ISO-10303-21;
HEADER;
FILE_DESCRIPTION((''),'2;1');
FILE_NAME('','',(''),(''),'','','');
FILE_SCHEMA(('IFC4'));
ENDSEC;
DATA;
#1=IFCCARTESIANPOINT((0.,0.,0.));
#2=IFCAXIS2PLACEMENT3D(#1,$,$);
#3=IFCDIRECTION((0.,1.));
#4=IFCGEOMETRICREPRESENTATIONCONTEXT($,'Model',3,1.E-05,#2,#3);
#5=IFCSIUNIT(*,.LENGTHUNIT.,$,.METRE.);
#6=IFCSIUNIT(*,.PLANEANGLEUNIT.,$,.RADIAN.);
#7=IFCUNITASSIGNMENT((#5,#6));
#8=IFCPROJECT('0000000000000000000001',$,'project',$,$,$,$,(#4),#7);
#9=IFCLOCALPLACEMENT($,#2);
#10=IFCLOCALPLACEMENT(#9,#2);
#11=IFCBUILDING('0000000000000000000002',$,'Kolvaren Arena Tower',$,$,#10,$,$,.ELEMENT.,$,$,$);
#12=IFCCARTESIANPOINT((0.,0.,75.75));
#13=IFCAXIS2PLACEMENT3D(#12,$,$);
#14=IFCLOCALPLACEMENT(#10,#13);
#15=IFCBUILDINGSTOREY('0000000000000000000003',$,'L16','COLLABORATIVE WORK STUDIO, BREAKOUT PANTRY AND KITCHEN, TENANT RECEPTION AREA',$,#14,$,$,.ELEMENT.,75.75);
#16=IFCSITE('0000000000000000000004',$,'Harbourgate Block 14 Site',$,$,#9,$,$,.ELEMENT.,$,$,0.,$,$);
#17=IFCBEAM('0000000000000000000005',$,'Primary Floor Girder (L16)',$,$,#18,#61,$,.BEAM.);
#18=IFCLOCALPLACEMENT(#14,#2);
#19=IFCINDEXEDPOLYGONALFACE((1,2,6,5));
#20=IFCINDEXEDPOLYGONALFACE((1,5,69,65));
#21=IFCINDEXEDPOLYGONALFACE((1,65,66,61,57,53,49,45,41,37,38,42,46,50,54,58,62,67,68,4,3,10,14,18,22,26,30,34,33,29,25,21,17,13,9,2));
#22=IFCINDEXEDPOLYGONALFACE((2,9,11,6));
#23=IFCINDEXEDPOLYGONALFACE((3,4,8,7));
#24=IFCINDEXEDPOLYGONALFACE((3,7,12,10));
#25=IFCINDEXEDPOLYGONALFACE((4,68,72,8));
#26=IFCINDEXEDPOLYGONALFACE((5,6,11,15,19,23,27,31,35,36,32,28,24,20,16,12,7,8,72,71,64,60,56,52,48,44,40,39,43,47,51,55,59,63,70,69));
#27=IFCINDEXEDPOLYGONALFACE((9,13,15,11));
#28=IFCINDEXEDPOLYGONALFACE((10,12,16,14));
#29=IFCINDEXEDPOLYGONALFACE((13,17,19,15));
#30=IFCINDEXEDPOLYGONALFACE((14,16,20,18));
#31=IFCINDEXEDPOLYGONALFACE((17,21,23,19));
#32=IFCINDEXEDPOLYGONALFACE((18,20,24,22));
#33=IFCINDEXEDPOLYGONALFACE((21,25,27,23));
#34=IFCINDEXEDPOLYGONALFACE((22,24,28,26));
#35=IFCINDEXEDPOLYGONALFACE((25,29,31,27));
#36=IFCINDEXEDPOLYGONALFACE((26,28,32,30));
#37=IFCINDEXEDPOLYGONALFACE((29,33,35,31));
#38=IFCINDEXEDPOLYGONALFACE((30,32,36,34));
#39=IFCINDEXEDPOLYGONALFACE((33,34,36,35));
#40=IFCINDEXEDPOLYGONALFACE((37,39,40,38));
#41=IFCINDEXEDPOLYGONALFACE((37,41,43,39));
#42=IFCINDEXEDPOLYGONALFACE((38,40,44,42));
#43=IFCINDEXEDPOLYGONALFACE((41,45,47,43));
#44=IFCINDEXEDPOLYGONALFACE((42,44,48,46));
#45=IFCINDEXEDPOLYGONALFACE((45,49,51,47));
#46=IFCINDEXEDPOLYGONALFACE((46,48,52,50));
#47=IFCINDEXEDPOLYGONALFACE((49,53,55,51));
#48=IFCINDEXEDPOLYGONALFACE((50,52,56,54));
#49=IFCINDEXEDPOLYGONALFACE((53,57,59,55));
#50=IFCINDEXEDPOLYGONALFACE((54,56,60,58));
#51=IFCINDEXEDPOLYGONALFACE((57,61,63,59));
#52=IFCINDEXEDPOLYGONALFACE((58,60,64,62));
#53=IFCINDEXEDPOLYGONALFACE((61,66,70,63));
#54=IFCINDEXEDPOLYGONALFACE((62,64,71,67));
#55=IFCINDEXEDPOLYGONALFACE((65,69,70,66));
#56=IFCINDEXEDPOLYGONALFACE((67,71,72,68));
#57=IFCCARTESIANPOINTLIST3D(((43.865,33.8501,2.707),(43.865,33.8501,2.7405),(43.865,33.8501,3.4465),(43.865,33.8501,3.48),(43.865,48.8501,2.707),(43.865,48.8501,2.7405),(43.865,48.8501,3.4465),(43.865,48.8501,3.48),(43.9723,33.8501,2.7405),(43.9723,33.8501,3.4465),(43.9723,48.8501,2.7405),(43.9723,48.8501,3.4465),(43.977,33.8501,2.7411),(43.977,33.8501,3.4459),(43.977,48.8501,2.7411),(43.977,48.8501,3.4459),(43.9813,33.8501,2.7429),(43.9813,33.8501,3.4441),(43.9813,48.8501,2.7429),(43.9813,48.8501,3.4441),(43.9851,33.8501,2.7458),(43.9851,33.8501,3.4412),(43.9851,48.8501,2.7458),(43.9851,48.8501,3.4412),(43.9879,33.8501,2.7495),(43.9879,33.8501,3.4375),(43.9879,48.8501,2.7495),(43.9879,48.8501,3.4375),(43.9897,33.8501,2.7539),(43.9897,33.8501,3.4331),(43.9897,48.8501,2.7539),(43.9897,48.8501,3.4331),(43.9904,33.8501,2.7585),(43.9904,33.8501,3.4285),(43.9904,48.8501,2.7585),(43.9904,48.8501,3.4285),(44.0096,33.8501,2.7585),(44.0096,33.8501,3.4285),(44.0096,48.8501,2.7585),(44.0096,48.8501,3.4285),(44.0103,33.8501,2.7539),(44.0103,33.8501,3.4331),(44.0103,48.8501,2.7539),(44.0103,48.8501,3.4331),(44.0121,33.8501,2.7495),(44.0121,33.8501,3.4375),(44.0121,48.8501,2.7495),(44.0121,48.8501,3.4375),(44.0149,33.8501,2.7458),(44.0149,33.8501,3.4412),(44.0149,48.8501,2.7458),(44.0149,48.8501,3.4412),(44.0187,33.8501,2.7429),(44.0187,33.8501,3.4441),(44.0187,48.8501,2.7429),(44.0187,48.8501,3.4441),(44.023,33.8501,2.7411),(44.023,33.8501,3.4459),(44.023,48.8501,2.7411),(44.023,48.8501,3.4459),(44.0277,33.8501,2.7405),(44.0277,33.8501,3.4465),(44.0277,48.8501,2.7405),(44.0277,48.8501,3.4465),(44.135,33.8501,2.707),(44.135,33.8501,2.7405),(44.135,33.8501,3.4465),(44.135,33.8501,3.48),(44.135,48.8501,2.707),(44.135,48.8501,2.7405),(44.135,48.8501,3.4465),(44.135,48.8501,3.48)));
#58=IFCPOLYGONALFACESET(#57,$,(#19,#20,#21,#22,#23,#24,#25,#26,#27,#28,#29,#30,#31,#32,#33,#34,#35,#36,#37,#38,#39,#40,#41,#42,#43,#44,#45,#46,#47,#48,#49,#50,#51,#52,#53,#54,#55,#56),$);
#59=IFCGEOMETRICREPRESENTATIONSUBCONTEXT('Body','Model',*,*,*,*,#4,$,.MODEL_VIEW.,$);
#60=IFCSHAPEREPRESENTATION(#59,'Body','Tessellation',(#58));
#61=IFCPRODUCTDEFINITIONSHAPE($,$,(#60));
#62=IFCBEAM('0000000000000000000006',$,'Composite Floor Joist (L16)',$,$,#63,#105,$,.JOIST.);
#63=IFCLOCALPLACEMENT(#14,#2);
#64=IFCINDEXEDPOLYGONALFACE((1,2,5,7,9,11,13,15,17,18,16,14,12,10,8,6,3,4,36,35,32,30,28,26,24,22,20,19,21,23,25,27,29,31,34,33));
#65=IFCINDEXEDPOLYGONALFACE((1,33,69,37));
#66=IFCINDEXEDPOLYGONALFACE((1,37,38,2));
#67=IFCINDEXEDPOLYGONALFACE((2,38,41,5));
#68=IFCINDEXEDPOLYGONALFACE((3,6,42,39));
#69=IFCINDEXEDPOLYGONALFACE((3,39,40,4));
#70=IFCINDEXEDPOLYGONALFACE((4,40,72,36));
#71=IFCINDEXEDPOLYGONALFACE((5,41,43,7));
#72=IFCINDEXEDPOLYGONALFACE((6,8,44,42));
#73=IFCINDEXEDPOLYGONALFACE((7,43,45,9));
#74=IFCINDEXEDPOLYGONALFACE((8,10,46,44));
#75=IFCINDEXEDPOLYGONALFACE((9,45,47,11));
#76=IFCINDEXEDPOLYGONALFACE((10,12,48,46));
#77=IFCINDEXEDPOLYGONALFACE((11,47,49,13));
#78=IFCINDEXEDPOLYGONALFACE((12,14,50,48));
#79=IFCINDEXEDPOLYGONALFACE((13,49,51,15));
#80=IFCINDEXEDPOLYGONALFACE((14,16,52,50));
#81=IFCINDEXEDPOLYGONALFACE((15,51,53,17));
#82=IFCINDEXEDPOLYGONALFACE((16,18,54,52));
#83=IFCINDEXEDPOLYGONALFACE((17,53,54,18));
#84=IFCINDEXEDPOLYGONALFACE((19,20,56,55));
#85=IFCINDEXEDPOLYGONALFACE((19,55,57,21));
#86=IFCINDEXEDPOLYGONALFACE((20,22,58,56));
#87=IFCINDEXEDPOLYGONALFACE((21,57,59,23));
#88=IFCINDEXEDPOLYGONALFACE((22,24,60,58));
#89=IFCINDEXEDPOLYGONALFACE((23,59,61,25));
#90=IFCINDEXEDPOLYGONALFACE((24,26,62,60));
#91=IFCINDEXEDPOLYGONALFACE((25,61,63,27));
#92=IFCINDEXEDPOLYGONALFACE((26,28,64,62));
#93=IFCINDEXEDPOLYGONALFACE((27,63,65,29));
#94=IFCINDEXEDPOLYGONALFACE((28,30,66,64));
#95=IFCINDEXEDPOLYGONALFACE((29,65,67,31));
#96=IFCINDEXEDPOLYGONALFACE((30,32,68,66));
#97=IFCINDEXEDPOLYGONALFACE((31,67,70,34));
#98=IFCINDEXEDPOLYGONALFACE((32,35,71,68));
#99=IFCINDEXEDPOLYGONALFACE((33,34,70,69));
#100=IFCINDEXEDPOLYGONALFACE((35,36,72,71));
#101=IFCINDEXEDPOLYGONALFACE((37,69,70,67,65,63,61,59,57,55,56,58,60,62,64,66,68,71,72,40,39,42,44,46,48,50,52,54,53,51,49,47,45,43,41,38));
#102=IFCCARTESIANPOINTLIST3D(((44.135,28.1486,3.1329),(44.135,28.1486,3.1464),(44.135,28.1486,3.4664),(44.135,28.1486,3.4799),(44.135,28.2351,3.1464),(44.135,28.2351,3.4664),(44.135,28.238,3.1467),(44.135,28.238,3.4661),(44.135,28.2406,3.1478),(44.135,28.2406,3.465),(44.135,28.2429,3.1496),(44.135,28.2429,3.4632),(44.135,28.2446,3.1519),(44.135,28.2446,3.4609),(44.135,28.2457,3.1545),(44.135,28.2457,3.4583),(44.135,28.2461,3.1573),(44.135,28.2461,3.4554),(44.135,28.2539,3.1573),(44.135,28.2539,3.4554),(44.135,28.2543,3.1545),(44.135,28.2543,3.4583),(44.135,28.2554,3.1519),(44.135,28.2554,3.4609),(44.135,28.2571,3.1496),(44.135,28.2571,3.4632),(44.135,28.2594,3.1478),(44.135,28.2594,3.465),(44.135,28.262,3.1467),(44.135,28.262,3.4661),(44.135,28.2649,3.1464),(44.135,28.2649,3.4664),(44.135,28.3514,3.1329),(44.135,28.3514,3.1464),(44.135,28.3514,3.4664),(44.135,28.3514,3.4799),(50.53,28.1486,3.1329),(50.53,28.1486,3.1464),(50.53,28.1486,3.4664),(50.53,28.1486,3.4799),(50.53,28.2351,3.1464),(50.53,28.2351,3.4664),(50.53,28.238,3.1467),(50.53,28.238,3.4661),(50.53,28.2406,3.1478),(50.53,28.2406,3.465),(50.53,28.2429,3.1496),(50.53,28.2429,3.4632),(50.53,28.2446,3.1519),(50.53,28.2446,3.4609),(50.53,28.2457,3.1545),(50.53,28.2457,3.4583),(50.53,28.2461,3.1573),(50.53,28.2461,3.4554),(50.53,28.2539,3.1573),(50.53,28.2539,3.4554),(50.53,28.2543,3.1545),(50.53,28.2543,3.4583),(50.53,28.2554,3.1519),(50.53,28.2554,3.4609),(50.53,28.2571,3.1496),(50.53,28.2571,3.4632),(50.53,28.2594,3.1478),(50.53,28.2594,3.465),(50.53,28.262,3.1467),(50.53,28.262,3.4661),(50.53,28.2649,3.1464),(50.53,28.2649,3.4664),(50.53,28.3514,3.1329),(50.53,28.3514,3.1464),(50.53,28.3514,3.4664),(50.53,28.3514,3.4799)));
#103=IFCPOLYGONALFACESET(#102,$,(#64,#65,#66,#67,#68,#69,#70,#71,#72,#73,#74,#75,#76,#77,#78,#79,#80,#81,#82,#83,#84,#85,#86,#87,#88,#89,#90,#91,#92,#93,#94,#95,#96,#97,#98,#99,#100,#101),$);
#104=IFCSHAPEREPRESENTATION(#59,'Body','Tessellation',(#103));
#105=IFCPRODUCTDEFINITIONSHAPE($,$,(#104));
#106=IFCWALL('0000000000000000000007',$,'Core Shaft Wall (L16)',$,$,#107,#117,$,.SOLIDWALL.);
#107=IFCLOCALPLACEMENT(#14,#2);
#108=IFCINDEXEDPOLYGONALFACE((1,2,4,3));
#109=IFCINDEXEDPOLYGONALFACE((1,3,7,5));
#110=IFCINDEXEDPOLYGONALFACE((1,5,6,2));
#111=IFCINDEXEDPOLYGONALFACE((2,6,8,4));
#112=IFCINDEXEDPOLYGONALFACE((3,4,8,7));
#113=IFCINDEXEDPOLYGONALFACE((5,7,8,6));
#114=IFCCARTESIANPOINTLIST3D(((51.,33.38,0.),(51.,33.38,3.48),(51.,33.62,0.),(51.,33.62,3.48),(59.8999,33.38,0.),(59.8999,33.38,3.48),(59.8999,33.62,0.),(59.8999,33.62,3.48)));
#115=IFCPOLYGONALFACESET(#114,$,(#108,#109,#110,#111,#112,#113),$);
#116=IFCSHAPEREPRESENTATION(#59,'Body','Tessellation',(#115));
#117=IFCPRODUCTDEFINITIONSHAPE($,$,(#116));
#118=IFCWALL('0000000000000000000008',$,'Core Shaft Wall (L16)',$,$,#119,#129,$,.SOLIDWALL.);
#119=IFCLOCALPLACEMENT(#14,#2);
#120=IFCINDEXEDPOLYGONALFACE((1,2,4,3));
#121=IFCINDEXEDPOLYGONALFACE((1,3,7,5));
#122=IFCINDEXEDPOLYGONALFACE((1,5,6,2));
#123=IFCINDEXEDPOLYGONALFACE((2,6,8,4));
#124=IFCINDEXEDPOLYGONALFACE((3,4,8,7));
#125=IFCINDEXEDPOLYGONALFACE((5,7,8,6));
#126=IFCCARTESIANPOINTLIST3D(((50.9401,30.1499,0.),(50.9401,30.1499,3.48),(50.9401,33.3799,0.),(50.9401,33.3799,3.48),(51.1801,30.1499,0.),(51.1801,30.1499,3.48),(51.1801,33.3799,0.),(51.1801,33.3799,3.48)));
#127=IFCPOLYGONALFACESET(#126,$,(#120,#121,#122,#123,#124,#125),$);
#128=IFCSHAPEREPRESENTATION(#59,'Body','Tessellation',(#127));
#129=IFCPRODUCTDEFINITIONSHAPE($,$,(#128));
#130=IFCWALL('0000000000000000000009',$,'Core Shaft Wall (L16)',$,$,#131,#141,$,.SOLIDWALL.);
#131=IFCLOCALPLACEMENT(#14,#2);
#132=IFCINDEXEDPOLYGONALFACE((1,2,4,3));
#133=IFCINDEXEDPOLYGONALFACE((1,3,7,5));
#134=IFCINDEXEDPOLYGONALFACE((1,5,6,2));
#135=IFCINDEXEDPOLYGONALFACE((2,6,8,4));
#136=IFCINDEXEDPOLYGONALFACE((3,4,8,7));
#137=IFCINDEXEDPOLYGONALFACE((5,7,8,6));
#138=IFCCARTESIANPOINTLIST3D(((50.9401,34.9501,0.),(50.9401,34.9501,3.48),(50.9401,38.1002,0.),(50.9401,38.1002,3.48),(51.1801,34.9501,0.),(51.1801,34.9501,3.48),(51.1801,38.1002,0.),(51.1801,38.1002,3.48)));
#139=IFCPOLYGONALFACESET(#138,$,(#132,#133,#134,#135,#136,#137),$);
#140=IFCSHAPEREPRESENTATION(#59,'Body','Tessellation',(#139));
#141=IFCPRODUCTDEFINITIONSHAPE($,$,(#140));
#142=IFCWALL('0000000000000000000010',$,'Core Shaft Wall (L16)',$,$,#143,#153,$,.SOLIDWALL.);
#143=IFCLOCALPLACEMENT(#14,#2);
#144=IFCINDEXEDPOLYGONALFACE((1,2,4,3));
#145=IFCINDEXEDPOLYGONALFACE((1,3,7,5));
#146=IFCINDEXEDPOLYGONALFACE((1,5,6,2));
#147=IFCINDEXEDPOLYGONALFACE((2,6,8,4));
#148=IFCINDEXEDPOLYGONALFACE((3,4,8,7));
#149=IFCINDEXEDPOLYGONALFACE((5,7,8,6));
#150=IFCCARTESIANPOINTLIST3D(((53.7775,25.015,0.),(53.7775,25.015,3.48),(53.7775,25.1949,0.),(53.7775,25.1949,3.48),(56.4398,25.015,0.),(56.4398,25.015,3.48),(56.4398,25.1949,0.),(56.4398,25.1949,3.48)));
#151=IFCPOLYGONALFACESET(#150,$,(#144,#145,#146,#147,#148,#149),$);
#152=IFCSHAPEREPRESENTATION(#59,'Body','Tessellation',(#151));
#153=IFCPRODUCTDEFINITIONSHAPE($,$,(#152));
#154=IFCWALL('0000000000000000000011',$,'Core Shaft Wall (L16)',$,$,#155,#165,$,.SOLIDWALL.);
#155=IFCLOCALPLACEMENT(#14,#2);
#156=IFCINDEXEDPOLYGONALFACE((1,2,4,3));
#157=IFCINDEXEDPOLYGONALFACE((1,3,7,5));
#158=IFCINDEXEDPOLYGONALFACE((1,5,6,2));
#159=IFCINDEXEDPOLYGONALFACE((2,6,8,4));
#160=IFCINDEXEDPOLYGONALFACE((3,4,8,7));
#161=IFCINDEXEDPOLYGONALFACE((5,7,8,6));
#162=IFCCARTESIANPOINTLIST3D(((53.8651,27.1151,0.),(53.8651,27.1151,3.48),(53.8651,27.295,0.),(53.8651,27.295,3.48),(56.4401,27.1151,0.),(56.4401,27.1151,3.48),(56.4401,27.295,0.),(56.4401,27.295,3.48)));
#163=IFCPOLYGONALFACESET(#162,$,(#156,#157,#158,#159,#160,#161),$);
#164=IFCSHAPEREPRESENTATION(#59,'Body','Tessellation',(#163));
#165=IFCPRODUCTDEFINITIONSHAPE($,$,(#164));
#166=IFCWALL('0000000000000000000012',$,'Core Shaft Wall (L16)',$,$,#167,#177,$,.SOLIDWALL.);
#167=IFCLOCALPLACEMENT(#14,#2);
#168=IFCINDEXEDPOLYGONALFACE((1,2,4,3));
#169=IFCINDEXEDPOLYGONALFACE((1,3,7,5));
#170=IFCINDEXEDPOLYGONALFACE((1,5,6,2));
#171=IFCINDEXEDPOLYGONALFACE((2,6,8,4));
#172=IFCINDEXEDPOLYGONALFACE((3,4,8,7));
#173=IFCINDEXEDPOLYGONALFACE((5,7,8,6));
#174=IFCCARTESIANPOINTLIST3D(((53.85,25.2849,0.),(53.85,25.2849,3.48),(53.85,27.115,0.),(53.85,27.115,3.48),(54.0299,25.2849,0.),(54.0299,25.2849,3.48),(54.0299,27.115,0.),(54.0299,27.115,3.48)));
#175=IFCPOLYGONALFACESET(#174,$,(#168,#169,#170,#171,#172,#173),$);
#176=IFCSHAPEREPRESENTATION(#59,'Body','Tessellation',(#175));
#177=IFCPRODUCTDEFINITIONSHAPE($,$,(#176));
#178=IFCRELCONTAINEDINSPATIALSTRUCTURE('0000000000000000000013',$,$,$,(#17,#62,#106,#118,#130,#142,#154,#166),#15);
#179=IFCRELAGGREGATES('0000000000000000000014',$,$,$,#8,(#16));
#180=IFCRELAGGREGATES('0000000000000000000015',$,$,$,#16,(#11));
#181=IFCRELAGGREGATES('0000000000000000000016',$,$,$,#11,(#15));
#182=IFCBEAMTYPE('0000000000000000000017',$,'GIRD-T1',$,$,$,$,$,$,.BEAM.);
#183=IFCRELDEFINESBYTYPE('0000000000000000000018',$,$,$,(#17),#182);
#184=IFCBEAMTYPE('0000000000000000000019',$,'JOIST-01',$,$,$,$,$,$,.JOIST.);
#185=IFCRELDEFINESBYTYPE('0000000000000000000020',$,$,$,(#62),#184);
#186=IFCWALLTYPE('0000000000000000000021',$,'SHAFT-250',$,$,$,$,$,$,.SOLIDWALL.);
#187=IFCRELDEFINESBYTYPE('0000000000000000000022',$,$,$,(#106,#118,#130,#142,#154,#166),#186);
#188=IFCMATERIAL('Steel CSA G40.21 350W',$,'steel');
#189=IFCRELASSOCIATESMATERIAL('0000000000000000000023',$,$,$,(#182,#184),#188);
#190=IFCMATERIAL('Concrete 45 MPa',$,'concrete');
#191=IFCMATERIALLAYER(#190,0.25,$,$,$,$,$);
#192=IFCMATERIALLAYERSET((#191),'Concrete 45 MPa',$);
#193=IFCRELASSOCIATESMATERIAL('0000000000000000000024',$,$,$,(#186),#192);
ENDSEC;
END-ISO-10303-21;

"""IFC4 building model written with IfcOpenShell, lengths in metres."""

from ifc_helpers import new_model, si_unit, direction, frame, frame_2d, origin, origin_2d, place, context, subcontext, project, spatial, rectangle, i_section, extrude, material, layer, layer_set, material_profile, profile_set, type_object, element, save


model = new_model("IFC4")

# Units and contexts
model_context = context("Model", 3, precision=1e-05, world=origin(), true_north=direction((0.0, 1.0)))
body_context = subcontext(model_context, "Body", "Model", "MODEL_VIEW")
ifc_project = project(units=[si_unit("LENGTHUNIT", "METRE"), si_unit("PLANEANGLEUNIT", "RADIAN")], contexts=[model_context])

# Site, building, storey
site_placement = place(None, origin())
site = spatial("IfcSite", under=ifc_project, at=site_placement, Name="Harbourgate Block 14 Site", CompositionType="ELEMENT", RefElevation=0.0)
building_placement = place(site_placement, origin())
building = spatial("IfcBuilding", under=site, at=building_placement, Name="Kolvaren Arena Tower", CompositionType="ELEMENT")
storey_placement = place(building_placement, frame((0.0, 0.0, 75.75)))
storey = spatial("IfcBuildingStorey", under=building, at=storey_placement, Name="L16", Description="COLLABORATIVE WORK STUDIO, BREAKOUT PANTRY AND KITCHEN, TENANT RECEPTION AREA", CompositionType="ELEMENT", Elevation=75.75)

# Beams
ifc_material_1 = material(Name="Steel CSA G40.21 350W", Category="steel")
ifc_material_profile_1 = material_profile(ifc_material_1, i_section(OverallWidth=0.27, OverallDepth=0.7729, WebThickness=0.0193, FlangeThickness=0.0334, FilletRadius=0.0181, at=origin_2d()), Name="W760x257")
ifc_profile_set_1 = profile_set([ifc_material_profile_1], Name="Steel CSA G40.21 350W")
beam_type_1 = type_object("IfcBeamType", Name="GIRD-T1", PredefinedType="BEAM", material=ifc_profile_set_1)
beam_1_placement = place(storey_placement, frame((44.0, 33.8501, 3.0935), z_axis=(0.0, 1.0, 0.0), x_axis=(-1.0, 0.0, 0.0)))
element("IfcBeam", 1, at=beam_1_placement, inside=storey, type_object=beam_type_1, Name="Primary Floor Girder (L16)", PredefinedType="BEAM", context=body_context, shape_type="SweptSolid", body=[
    extrude(i_section(OverallWidth=0.27, OverallDepth=0.7729, WebThickness=0.0193, FlangeThickness=0.0334, FilletRadius=0.0181, at=origin_2d()), origin(), (0.0, 0.0, 1.0), 15.0),
])
ifc_material_profile_2 = material_profile(ifc_material_1, i_section(OverallWidth=0.2029, OverallDepth=0.3469, WebThickness=0.0078, FlangeThickness=0.0134, FilletRadius=0.011, at=origin_2d()), Name="W360x64")
ifc_profile_set_2 = profile_set([ifc_material_profile_2], Name="Steel CSA G40.21 350W")
beam_type_2 = type_object("IfcBeamType", Name="JOIST-01", PredefinedType="JOIST", material=ifc_profile_set_2)
beam_2_placement = place(storey_placement, frame((44.135, 28.25, 3.3064), z_axis=(1.0, 0.0, 0.0), x_axis=(0.0, 1.0, 0.0)))
element("IfcBeam", 2, at=beam_2_placement, inside=storey, type_object=beam_type_2, Name="Composite Floor Joist (L16)", PredefinedType="JOIST", context=body_context, shape_type="SweptSolid", body=[
    extrude(i_section(OverallWidth=0.2029, OverallDepth=0.3469, WebThickness=0.0078, FlangeThickness=0.0134, FilletRadius=0.011, at=origin_2d()), origin(), (0.0, 0.0, 1.0), 6.395),
])

# Walls
ifc_material_2 = material(Name="Concrete 45 MPa", Category="concrete")
ifc_layer = layer(ifc_material_2, 0.25)
ifc_layer_set = layer_set([ifc_layer], Name="Concrete 45 MPa")
wall_type = type_object("IfcWallType", Name="SHAFT-250", PredefinedType="SOLIDWALL", material=ifc_layer_set)
wall_1_placement = place(storey_placement, frame((51.0, 33.5, 0.0), z_axis=(0.0, 0.0, 1.0), x_axis=(1.0, 0.0, 0.0)))
element("IfcWall", 3, at=wall_1_placement, inside=storey, type_object=wall_type, Name="Core Shaft Wall (L16)", PredefinedType="SOLIDWALL", context=body_context, shape_type="SweptSolid", body=[
    extrude(rectangle(XDim=8.8999, YDim=0.24, at=frame_2d((4.45, 0.0))), origin(), (0.0, 0.0, 1.0), 3.48),
])
wall_2_placement = place(storey_placement, frame((51.0601, 30.1499, 0.0), z_axis=(0.0, 0.0, 1.0), x_axis=(0.0, 1.0, 0.0)))
element("IfcWall", 4, at=wall_2_placement, inside=storey, type_object=wall_type, Name="Core Shaft Wall (L16)", PredefinedType="SOLIDWALL", context=body_context, shape_type="SweptSolid", body=[
    extrude(rectangle(XDim=3.23, YDim=0.24, at=frame_2d((1.615, 0.0))), origin(), (0.0, 0.0, 1.0), 3.48),
])
wall_3_placement = place(storey_placement, frame((51.0601, 34.95, 0.0), z_axis=(0.0, 0.0, 1.0), x_axis=(0.0, 1.0, 0.0)))
element("IfcWall", 5, at=wall_3_placement, inside=storey, type_object=wall_type, Name="Core Shaft Wall (L16)", PredefinedType="SOLIDWALL", context=body_context, shape_type="SweptSolid", body=[
    extrude(rectangle(XDim=3.1501, YDim=0.24, at=frame_2d((1.5752, 0.0))), origin(), (0.0, 0.0, 1.0), 3.48),
])
wall_4_placement = place(storey_placement, frame((53.7776, 25.105, 0.0), z_axis=(0.0, 0.0, 1.0), x_axis=(1.0, 0.0, 0.0)))
element("IfcWall", 6, at=wall_4_placement, inside=storey, type_object=wall_type, Name="Core Shaft Wall (L16)", PredefinedType="SOLIDWALL", context=body_context, shape_type="SweptSolid", body=[
    extrude(rectangle(XDim=2.6624, YDim=0.1799, at=frame_2d((1.3311, 0.0))), origin(), (0.0, 0.0, 1.0), 3.48),
])
wall_5_placement = place(storey_placement, frame((53.865, 27.2051, 0.0), z_axis=(0.0, 0.0, 1.0), x_axis=(1.0, 0.0, 0.0)))
element("IfcWall", 7, at=wall_5_placement, inside=storey, type_object=wall_type, Name="Core Shaft Wall (L16)", PredefinedType="SOLIDWALL", context=body_context, shape_type="SweptSolid", body=[
    extrude(rectangle(XDim=2.575, YDim=0.1799, at=frame_2d((1.2876, 0.0))), origin(), (0.0, 0.0, 1.0), 3.48),
])
wall_6_placement = place(storey_placement, frame((53.9399, 25.2849, 0.0), z_axis=(0.0, 0.0, 1.0), x_axis=(0.0, 1.0, 0.0)))
element("IfcWall", 8, at=wall_6_placement, inside=storey, type_object=wall_type, Name="Core Shaft Wall (L16)", PredefinedType="SOLIDWALL", context=body_context, shape_type="SweptSolid", body=[
    extrude(rectangle(XDim=1.8301, YDim=0.1799, at=frame_2d((0.915, 0.0))), origin(), (0.0, 0.0, 1.0), 3.48),
])

save(model, "model.ifc")
